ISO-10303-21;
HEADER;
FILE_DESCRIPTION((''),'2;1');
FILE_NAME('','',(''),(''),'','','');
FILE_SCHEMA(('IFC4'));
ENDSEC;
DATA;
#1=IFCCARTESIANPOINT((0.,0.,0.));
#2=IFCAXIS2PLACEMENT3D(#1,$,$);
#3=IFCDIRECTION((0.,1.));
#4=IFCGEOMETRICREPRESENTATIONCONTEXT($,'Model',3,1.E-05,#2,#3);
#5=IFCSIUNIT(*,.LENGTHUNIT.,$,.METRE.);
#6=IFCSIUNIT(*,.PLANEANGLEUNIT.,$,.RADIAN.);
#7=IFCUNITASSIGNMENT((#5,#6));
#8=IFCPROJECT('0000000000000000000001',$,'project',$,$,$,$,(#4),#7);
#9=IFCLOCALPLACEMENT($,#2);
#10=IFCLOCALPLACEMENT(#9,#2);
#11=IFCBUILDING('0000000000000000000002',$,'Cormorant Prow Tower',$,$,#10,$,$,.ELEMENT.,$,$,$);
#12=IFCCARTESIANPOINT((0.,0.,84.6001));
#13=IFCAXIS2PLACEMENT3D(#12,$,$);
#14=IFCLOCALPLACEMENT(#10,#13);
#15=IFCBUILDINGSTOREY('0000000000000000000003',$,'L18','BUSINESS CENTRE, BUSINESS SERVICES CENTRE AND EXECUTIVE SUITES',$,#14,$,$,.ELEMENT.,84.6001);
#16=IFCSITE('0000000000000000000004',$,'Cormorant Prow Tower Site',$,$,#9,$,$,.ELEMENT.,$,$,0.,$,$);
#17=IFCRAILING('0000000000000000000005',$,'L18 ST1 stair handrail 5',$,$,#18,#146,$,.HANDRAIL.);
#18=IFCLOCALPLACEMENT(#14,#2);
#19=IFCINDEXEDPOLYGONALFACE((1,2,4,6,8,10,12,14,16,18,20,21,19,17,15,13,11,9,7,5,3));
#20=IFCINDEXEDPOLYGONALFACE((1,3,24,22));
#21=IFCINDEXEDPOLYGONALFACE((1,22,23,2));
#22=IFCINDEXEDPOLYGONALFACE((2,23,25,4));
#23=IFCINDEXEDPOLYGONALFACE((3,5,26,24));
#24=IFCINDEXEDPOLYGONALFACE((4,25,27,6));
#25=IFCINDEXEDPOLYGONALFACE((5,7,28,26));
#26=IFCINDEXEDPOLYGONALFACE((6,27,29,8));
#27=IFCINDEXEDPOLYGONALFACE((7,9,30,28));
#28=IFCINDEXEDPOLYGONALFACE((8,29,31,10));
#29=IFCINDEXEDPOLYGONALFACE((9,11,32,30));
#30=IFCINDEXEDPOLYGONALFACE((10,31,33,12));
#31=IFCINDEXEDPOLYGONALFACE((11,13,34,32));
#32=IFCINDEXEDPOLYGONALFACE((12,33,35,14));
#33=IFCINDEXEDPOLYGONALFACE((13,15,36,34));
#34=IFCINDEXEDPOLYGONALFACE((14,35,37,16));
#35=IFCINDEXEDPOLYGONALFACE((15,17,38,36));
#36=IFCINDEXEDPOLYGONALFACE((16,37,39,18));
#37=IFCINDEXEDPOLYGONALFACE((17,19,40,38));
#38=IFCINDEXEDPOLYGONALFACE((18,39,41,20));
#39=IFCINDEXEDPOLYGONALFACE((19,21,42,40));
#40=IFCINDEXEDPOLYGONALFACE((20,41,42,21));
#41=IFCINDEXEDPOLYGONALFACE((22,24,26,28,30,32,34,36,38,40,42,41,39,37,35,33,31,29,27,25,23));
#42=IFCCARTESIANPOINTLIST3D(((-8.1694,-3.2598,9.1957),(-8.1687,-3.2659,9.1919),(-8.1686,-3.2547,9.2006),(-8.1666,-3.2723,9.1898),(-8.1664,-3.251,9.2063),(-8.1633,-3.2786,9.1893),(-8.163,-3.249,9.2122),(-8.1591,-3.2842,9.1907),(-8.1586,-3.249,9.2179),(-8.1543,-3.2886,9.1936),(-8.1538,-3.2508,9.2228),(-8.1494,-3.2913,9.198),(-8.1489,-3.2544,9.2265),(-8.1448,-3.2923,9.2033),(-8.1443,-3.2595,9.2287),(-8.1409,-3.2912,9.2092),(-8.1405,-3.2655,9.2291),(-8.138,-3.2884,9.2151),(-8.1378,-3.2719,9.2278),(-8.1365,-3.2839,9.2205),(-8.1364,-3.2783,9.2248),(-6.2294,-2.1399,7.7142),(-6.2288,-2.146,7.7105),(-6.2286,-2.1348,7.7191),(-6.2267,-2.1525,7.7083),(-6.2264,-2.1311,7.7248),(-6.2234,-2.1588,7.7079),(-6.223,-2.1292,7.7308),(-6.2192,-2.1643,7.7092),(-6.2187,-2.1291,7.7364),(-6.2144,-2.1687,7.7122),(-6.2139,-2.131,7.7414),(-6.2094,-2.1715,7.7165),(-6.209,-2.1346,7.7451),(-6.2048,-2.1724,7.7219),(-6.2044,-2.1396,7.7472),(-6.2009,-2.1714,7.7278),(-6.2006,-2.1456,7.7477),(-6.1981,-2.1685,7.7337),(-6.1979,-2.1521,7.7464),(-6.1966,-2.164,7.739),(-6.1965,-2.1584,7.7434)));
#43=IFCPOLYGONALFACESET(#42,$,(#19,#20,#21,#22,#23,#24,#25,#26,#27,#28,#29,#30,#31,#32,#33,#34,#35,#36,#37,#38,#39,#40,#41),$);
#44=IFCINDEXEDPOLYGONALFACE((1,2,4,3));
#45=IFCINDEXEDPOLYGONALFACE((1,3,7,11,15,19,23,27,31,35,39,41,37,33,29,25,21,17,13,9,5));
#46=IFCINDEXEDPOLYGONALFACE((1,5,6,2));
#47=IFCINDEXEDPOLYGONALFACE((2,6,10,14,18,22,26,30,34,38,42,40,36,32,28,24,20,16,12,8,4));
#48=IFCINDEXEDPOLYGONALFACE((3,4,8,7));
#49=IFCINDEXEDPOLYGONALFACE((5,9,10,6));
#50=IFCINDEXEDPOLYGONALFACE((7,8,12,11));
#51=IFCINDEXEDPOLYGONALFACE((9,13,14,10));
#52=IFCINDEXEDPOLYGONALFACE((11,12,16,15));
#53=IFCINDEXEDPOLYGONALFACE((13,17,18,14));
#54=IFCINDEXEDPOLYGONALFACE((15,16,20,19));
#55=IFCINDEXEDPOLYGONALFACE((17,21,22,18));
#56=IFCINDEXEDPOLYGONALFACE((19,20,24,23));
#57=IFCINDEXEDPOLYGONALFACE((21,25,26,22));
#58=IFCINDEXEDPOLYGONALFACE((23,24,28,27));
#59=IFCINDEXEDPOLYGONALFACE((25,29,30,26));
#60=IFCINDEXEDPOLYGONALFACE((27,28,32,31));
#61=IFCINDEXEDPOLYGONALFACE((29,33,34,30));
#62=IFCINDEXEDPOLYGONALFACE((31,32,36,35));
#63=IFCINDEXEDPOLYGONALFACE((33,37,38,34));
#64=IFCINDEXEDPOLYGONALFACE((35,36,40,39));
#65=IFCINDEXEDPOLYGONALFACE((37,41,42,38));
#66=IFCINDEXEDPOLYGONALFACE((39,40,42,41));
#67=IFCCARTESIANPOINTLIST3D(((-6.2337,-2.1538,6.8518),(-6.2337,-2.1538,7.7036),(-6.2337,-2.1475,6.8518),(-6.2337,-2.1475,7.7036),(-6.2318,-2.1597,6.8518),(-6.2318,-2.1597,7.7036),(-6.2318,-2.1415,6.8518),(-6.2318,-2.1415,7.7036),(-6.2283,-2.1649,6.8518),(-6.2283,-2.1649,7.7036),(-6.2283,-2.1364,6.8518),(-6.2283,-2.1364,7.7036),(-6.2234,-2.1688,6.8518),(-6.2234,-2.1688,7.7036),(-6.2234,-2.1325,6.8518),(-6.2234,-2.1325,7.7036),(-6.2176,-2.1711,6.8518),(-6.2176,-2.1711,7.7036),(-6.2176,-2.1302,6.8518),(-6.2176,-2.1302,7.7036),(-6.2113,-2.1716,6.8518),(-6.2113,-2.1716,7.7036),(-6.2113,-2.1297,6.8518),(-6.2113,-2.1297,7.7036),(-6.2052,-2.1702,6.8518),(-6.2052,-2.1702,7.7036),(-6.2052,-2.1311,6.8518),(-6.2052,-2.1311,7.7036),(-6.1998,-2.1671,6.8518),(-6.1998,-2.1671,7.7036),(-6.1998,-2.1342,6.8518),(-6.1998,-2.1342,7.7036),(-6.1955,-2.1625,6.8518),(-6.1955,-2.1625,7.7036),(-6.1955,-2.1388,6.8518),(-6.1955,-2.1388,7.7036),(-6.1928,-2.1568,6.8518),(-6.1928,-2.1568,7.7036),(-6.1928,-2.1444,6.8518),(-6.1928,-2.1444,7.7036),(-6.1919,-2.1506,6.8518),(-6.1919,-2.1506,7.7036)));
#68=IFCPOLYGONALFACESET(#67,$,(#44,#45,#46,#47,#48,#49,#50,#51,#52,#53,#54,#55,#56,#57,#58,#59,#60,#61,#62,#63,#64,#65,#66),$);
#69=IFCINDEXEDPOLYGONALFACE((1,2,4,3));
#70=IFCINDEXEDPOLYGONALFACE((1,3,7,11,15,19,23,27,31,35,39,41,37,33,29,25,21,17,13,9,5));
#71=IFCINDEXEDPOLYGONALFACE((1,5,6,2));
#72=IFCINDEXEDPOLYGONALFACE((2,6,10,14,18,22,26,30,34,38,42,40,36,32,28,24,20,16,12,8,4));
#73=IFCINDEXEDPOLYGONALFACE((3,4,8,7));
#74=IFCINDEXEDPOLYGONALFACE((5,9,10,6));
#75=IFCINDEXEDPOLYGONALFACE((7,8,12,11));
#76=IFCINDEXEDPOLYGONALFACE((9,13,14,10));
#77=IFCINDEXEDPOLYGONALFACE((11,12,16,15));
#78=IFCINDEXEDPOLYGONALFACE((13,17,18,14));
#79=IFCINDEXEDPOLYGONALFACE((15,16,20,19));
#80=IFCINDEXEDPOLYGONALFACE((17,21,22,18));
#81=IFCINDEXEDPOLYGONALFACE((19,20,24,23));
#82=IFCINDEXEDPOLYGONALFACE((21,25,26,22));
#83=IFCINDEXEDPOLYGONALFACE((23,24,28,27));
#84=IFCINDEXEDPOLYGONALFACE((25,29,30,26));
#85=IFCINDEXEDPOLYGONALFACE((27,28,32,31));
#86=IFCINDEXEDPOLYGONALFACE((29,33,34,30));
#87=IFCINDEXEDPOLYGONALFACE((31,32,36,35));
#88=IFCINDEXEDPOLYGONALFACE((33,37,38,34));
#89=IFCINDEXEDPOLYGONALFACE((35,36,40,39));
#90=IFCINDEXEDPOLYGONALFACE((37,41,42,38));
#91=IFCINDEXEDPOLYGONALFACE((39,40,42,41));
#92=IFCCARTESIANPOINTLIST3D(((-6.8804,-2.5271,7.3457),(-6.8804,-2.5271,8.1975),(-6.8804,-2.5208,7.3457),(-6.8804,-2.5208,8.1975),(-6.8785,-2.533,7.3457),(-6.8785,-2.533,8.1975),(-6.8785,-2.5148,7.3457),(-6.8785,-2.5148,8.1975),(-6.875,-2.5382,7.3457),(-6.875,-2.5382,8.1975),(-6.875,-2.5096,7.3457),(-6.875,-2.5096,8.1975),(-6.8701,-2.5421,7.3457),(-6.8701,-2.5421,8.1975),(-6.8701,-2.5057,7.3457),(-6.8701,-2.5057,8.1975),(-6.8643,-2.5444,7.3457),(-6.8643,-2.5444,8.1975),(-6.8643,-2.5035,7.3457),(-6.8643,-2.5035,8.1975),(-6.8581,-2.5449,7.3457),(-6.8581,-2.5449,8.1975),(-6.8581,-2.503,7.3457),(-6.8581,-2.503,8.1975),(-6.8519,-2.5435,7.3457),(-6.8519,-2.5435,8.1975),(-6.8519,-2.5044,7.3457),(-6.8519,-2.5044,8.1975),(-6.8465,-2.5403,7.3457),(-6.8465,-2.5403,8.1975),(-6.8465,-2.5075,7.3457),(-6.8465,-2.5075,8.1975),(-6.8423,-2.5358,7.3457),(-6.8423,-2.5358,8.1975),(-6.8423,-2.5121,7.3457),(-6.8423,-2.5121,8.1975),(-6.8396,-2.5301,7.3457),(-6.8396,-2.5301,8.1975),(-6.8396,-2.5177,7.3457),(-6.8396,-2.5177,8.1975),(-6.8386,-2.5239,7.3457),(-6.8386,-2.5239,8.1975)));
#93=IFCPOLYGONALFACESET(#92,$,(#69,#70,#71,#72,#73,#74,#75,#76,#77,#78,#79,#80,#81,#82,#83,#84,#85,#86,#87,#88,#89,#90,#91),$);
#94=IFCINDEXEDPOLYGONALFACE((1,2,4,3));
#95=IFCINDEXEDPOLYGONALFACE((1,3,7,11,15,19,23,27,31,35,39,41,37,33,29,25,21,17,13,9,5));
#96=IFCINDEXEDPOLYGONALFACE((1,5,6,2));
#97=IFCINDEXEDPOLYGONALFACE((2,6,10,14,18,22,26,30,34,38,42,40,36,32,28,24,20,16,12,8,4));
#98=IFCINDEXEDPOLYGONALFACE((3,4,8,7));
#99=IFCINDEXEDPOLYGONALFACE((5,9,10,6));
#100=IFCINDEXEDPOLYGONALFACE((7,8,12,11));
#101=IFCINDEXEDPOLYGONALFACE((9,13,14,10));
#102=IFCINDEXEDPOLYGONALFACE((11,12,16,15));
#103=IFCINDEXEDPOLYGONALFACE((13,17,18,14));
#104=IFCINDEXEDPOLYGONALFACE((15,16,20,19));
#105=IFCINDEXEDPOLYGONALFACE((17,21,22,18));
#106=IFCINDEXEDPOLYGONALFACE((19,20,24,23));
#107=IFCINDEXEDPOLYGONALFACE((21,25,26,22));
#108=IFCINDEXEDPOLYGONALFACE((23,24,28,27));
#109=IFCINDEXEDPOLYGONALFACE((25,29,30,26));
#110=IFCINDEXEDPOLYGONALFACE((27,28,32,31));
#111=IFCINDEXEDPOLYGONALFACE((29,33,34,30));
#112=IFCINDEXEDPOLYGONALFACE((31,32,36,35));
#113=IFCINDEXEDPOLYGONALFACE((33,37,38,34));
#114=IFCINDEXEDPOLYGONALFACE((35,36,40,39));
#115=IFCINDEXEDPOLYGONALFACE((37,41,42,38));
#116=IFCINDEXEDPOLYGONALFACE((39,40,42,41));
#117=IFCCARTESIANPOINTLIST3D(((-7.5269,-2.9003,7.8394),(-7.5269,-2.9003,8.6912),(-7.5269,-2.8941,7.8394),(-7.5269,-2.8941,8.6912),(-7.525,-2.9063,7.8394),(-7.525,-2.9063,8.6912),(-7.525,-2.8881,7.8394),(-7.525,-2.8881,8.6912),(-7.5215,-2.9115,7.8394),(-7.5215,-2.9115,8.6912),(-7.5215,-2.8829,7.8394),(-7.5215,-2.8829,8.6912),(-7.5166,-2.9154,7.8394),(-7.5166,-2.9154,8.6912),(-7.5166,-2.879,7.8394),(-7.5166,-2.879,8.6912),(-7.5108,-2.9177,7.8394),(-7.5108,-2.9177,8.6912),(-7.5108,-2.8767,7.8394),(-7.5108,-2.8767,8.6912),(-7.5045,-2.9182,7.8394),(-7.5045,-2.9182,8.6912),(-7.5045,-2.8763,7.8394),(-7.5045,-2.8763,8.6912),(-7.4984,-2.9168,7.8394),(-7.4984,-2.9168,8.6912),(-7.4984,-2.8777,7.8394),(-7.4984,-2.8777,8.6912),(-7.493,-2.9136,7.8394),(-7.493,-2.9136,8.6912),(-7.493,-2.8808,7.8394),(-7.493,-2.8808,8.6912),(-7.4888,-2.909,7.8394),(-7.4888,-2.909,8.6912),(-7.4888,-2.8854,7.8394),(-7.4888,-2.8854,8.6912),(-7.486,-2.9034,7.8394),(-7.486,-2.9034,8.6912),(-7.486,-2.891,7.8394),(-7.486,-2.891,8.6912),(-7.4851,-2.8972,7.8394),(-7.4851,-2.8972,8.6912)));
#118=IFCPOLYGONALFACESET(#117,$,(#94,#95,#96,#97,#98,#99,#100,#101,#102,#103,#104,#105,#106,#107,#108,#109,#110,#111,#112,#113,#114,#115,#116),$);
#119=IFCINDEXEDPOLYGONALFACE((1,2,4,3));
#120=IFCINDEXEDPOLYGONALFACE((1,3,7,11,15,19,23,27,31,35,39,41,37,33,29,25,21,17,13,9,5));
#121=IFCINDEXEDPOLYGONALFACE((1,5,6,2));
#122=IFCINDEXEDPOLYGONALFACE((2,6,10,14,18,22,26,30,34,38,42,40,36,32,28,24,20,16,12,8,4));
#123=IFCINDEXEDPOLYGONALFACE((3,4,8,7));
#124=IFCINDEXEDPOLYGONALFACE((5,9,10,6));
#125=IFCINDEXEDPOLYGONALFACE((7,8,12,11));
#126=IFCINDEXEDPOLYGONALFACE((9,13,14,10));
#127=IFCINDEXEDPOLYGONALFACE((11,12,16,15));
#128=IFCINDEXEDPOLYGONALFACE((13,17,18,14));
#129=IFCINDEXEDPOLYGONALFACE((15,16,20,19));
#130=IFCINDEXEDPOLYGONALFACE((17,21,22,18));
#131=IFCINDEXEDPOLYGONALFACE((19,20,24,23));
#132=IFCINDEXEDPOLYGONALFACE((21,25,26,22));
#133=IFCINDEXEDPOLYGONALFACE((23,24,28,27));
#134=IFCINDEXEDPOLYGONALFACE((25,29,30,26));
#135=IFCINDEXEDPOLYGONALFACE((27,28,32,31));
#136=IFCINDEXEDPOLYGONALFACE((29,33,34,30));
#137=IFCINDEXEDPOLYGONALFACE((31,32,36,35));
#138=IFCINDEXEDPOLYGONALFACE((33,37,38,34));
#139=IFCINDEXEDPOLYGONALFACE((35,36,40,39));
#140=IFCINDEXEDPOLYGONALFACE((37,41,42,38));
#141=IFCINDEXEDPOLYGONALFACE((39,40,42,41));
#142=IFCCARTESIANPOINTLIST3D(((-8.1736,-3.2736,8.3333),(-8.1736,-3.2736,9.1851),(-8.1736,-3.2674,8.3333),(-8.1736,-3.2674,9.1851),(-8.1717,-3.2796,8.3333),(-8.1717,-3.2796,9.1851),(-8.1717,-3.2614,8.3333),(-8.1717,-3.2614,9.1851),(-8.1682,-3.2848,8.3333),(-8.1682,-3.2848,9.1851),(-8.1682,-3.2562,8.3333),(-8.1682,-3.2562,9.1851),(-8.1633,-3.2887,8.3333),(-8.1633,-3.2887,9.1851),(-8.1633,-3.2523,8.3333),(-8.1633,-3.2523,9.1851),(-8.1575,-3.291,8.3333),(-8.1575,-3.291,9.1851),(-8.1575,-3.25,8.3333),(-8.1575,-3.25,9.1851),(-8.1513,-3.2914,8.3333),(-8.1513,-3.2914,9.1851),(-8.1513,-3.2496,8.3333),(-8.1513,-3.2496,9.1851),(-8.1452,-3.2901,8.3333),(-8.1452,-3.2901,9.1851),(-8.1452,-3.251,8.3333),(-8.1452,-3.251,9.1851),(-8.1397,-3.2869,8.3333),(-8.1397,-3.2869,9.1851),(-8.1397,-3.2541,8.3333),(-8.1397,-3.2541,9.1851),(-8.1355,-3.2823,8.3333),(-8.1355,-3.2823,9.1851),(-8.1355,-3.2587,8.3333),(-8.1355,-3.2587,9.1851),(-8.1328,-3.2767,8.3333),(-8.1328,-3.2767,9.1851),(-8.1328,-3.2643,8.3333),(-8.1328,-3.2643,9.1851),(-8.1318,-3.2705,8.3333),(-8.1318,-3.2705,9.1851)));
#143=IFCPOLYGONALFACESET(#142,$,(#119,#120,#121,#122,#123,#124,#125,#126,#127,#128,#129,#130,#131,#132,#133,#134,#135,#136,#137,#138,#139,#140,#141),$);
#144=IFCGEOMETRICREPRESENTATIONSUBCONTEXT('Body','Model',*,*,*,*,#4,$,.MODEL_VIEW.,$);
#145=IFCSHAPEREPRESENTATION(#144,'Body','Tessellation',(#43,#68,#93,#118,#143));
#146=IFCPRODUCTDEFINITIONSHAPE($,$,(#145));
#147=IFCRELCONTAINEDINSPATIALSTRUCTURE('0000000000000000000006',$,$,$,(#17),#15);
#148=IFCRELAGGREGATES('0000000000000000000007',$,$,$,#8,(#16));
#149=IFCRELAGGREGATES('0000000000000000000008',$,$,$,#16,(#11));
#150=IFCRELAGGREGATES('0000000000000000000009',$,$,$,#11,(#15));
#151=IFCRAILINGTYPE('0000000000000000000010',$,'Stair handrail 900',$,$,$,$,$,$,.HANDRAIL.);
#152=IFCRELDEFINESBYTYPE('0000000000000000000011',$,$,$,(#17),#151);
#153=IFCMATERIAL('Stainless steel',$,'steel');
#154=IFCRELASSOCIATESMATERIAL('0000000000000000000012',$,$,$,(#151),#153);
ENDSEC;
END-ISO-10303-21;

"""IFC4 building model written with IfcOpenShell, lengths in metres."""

from ifc_helpers import new_model, si_unit, direction, frame, origin, origin_2d, place, context, subcontext, project, spatial, circle, extrude, material, type_object, element, save


model = new_model("IFC4")

# Units and contexts
model_context = context("Model", 3, precision=1e-05, world=origin(), true_north=direction((0.0, 1.0)))
body_context = subcontext(model_context, "Body", "Model", "MODEL_VIEW")
ifc_project = project(units=[si_unit("LENGTHUNIT", "METRE"), si_unit("PLANEANGLEUNIT", "RADIAN")], contexts=[model_context])

# Site, building, storey
site_placement = place(None, origin())
site = spatial("IfcSite", under=ifc_project, at=site_placement, Name="Cormorant Prow Tower Site", CompositionType="ELEMENT", RefElevation=0.0)
building_placement = place(site_placement, origin())
building = spatial("IfcBuilding", under=site, at=building_placement, Name="Cormorant Prow Tower", CompositionType="ELEMENT")
storey_placement = place(building_placement, frame((0.0, 0.0, 84.6001)))
storey = spatial("IfcBuildingStorey", under=building, at=storey_placement, Name="L18", Description="BUSINESS CENTRE, BUSINESS SERVICES CENTRE AND EXECUTIVE SUITES", CompositionType="ELEMENT", Elevation=84.6001)

# Railing
ifc_material_1 = material(Name="Stainless steel", Category="steel")
railing_type = type_object("IfcRailingType", Name="Stair handrail 900", PredefinedType="HANDRAIL", material=ifc_material_1)
railing_1_placement = place(storey_placement, frame((-6.2129, -2.1506, 6.8518)))
element("IfcRailing", 1, at=railing_1_placement, inside=storey, type_object=railing_type, Name="L18 ST1 stair handrail 5", PredefinedType="HANDRAIL", context=body_context, shape_type="SweptSolid", body=[
    extrude(circle(Radius=0.0239, at=origin_2d()), frame((0.0, 0.0, 0.876), z_axis=(-0.722363, -0.417, 0.551636), x_axis=(0.499949, -0.866055, 0.0)), (0.0, 0.0, 1.0), 2.6855),
    extrude(circle(Radius=0.021, at=origin_2d()), origin(), (0.0, 0.0, 1.0), 0.8518),
    extrude(circle(Radius=0.021, at=origin_2d()), frame((-0.6467, -0.3733, 0.4939)), (0.0, 0.0, 1.0), 0.8518),
    extrude(circle(Radius=0.021, at=origin_2d()), frame((-1.2932, -0.7466, 0.9875)), (0.0, 0.0, 1.0), 0.8518),
    extrude(circle(Radius=0.021, at=origin_2d()), frame((-1.9399, -1.1199, 1.4814)), (0.0, 0.0, 1.0), 0.8518),
])

save(model, "model.ifc")
